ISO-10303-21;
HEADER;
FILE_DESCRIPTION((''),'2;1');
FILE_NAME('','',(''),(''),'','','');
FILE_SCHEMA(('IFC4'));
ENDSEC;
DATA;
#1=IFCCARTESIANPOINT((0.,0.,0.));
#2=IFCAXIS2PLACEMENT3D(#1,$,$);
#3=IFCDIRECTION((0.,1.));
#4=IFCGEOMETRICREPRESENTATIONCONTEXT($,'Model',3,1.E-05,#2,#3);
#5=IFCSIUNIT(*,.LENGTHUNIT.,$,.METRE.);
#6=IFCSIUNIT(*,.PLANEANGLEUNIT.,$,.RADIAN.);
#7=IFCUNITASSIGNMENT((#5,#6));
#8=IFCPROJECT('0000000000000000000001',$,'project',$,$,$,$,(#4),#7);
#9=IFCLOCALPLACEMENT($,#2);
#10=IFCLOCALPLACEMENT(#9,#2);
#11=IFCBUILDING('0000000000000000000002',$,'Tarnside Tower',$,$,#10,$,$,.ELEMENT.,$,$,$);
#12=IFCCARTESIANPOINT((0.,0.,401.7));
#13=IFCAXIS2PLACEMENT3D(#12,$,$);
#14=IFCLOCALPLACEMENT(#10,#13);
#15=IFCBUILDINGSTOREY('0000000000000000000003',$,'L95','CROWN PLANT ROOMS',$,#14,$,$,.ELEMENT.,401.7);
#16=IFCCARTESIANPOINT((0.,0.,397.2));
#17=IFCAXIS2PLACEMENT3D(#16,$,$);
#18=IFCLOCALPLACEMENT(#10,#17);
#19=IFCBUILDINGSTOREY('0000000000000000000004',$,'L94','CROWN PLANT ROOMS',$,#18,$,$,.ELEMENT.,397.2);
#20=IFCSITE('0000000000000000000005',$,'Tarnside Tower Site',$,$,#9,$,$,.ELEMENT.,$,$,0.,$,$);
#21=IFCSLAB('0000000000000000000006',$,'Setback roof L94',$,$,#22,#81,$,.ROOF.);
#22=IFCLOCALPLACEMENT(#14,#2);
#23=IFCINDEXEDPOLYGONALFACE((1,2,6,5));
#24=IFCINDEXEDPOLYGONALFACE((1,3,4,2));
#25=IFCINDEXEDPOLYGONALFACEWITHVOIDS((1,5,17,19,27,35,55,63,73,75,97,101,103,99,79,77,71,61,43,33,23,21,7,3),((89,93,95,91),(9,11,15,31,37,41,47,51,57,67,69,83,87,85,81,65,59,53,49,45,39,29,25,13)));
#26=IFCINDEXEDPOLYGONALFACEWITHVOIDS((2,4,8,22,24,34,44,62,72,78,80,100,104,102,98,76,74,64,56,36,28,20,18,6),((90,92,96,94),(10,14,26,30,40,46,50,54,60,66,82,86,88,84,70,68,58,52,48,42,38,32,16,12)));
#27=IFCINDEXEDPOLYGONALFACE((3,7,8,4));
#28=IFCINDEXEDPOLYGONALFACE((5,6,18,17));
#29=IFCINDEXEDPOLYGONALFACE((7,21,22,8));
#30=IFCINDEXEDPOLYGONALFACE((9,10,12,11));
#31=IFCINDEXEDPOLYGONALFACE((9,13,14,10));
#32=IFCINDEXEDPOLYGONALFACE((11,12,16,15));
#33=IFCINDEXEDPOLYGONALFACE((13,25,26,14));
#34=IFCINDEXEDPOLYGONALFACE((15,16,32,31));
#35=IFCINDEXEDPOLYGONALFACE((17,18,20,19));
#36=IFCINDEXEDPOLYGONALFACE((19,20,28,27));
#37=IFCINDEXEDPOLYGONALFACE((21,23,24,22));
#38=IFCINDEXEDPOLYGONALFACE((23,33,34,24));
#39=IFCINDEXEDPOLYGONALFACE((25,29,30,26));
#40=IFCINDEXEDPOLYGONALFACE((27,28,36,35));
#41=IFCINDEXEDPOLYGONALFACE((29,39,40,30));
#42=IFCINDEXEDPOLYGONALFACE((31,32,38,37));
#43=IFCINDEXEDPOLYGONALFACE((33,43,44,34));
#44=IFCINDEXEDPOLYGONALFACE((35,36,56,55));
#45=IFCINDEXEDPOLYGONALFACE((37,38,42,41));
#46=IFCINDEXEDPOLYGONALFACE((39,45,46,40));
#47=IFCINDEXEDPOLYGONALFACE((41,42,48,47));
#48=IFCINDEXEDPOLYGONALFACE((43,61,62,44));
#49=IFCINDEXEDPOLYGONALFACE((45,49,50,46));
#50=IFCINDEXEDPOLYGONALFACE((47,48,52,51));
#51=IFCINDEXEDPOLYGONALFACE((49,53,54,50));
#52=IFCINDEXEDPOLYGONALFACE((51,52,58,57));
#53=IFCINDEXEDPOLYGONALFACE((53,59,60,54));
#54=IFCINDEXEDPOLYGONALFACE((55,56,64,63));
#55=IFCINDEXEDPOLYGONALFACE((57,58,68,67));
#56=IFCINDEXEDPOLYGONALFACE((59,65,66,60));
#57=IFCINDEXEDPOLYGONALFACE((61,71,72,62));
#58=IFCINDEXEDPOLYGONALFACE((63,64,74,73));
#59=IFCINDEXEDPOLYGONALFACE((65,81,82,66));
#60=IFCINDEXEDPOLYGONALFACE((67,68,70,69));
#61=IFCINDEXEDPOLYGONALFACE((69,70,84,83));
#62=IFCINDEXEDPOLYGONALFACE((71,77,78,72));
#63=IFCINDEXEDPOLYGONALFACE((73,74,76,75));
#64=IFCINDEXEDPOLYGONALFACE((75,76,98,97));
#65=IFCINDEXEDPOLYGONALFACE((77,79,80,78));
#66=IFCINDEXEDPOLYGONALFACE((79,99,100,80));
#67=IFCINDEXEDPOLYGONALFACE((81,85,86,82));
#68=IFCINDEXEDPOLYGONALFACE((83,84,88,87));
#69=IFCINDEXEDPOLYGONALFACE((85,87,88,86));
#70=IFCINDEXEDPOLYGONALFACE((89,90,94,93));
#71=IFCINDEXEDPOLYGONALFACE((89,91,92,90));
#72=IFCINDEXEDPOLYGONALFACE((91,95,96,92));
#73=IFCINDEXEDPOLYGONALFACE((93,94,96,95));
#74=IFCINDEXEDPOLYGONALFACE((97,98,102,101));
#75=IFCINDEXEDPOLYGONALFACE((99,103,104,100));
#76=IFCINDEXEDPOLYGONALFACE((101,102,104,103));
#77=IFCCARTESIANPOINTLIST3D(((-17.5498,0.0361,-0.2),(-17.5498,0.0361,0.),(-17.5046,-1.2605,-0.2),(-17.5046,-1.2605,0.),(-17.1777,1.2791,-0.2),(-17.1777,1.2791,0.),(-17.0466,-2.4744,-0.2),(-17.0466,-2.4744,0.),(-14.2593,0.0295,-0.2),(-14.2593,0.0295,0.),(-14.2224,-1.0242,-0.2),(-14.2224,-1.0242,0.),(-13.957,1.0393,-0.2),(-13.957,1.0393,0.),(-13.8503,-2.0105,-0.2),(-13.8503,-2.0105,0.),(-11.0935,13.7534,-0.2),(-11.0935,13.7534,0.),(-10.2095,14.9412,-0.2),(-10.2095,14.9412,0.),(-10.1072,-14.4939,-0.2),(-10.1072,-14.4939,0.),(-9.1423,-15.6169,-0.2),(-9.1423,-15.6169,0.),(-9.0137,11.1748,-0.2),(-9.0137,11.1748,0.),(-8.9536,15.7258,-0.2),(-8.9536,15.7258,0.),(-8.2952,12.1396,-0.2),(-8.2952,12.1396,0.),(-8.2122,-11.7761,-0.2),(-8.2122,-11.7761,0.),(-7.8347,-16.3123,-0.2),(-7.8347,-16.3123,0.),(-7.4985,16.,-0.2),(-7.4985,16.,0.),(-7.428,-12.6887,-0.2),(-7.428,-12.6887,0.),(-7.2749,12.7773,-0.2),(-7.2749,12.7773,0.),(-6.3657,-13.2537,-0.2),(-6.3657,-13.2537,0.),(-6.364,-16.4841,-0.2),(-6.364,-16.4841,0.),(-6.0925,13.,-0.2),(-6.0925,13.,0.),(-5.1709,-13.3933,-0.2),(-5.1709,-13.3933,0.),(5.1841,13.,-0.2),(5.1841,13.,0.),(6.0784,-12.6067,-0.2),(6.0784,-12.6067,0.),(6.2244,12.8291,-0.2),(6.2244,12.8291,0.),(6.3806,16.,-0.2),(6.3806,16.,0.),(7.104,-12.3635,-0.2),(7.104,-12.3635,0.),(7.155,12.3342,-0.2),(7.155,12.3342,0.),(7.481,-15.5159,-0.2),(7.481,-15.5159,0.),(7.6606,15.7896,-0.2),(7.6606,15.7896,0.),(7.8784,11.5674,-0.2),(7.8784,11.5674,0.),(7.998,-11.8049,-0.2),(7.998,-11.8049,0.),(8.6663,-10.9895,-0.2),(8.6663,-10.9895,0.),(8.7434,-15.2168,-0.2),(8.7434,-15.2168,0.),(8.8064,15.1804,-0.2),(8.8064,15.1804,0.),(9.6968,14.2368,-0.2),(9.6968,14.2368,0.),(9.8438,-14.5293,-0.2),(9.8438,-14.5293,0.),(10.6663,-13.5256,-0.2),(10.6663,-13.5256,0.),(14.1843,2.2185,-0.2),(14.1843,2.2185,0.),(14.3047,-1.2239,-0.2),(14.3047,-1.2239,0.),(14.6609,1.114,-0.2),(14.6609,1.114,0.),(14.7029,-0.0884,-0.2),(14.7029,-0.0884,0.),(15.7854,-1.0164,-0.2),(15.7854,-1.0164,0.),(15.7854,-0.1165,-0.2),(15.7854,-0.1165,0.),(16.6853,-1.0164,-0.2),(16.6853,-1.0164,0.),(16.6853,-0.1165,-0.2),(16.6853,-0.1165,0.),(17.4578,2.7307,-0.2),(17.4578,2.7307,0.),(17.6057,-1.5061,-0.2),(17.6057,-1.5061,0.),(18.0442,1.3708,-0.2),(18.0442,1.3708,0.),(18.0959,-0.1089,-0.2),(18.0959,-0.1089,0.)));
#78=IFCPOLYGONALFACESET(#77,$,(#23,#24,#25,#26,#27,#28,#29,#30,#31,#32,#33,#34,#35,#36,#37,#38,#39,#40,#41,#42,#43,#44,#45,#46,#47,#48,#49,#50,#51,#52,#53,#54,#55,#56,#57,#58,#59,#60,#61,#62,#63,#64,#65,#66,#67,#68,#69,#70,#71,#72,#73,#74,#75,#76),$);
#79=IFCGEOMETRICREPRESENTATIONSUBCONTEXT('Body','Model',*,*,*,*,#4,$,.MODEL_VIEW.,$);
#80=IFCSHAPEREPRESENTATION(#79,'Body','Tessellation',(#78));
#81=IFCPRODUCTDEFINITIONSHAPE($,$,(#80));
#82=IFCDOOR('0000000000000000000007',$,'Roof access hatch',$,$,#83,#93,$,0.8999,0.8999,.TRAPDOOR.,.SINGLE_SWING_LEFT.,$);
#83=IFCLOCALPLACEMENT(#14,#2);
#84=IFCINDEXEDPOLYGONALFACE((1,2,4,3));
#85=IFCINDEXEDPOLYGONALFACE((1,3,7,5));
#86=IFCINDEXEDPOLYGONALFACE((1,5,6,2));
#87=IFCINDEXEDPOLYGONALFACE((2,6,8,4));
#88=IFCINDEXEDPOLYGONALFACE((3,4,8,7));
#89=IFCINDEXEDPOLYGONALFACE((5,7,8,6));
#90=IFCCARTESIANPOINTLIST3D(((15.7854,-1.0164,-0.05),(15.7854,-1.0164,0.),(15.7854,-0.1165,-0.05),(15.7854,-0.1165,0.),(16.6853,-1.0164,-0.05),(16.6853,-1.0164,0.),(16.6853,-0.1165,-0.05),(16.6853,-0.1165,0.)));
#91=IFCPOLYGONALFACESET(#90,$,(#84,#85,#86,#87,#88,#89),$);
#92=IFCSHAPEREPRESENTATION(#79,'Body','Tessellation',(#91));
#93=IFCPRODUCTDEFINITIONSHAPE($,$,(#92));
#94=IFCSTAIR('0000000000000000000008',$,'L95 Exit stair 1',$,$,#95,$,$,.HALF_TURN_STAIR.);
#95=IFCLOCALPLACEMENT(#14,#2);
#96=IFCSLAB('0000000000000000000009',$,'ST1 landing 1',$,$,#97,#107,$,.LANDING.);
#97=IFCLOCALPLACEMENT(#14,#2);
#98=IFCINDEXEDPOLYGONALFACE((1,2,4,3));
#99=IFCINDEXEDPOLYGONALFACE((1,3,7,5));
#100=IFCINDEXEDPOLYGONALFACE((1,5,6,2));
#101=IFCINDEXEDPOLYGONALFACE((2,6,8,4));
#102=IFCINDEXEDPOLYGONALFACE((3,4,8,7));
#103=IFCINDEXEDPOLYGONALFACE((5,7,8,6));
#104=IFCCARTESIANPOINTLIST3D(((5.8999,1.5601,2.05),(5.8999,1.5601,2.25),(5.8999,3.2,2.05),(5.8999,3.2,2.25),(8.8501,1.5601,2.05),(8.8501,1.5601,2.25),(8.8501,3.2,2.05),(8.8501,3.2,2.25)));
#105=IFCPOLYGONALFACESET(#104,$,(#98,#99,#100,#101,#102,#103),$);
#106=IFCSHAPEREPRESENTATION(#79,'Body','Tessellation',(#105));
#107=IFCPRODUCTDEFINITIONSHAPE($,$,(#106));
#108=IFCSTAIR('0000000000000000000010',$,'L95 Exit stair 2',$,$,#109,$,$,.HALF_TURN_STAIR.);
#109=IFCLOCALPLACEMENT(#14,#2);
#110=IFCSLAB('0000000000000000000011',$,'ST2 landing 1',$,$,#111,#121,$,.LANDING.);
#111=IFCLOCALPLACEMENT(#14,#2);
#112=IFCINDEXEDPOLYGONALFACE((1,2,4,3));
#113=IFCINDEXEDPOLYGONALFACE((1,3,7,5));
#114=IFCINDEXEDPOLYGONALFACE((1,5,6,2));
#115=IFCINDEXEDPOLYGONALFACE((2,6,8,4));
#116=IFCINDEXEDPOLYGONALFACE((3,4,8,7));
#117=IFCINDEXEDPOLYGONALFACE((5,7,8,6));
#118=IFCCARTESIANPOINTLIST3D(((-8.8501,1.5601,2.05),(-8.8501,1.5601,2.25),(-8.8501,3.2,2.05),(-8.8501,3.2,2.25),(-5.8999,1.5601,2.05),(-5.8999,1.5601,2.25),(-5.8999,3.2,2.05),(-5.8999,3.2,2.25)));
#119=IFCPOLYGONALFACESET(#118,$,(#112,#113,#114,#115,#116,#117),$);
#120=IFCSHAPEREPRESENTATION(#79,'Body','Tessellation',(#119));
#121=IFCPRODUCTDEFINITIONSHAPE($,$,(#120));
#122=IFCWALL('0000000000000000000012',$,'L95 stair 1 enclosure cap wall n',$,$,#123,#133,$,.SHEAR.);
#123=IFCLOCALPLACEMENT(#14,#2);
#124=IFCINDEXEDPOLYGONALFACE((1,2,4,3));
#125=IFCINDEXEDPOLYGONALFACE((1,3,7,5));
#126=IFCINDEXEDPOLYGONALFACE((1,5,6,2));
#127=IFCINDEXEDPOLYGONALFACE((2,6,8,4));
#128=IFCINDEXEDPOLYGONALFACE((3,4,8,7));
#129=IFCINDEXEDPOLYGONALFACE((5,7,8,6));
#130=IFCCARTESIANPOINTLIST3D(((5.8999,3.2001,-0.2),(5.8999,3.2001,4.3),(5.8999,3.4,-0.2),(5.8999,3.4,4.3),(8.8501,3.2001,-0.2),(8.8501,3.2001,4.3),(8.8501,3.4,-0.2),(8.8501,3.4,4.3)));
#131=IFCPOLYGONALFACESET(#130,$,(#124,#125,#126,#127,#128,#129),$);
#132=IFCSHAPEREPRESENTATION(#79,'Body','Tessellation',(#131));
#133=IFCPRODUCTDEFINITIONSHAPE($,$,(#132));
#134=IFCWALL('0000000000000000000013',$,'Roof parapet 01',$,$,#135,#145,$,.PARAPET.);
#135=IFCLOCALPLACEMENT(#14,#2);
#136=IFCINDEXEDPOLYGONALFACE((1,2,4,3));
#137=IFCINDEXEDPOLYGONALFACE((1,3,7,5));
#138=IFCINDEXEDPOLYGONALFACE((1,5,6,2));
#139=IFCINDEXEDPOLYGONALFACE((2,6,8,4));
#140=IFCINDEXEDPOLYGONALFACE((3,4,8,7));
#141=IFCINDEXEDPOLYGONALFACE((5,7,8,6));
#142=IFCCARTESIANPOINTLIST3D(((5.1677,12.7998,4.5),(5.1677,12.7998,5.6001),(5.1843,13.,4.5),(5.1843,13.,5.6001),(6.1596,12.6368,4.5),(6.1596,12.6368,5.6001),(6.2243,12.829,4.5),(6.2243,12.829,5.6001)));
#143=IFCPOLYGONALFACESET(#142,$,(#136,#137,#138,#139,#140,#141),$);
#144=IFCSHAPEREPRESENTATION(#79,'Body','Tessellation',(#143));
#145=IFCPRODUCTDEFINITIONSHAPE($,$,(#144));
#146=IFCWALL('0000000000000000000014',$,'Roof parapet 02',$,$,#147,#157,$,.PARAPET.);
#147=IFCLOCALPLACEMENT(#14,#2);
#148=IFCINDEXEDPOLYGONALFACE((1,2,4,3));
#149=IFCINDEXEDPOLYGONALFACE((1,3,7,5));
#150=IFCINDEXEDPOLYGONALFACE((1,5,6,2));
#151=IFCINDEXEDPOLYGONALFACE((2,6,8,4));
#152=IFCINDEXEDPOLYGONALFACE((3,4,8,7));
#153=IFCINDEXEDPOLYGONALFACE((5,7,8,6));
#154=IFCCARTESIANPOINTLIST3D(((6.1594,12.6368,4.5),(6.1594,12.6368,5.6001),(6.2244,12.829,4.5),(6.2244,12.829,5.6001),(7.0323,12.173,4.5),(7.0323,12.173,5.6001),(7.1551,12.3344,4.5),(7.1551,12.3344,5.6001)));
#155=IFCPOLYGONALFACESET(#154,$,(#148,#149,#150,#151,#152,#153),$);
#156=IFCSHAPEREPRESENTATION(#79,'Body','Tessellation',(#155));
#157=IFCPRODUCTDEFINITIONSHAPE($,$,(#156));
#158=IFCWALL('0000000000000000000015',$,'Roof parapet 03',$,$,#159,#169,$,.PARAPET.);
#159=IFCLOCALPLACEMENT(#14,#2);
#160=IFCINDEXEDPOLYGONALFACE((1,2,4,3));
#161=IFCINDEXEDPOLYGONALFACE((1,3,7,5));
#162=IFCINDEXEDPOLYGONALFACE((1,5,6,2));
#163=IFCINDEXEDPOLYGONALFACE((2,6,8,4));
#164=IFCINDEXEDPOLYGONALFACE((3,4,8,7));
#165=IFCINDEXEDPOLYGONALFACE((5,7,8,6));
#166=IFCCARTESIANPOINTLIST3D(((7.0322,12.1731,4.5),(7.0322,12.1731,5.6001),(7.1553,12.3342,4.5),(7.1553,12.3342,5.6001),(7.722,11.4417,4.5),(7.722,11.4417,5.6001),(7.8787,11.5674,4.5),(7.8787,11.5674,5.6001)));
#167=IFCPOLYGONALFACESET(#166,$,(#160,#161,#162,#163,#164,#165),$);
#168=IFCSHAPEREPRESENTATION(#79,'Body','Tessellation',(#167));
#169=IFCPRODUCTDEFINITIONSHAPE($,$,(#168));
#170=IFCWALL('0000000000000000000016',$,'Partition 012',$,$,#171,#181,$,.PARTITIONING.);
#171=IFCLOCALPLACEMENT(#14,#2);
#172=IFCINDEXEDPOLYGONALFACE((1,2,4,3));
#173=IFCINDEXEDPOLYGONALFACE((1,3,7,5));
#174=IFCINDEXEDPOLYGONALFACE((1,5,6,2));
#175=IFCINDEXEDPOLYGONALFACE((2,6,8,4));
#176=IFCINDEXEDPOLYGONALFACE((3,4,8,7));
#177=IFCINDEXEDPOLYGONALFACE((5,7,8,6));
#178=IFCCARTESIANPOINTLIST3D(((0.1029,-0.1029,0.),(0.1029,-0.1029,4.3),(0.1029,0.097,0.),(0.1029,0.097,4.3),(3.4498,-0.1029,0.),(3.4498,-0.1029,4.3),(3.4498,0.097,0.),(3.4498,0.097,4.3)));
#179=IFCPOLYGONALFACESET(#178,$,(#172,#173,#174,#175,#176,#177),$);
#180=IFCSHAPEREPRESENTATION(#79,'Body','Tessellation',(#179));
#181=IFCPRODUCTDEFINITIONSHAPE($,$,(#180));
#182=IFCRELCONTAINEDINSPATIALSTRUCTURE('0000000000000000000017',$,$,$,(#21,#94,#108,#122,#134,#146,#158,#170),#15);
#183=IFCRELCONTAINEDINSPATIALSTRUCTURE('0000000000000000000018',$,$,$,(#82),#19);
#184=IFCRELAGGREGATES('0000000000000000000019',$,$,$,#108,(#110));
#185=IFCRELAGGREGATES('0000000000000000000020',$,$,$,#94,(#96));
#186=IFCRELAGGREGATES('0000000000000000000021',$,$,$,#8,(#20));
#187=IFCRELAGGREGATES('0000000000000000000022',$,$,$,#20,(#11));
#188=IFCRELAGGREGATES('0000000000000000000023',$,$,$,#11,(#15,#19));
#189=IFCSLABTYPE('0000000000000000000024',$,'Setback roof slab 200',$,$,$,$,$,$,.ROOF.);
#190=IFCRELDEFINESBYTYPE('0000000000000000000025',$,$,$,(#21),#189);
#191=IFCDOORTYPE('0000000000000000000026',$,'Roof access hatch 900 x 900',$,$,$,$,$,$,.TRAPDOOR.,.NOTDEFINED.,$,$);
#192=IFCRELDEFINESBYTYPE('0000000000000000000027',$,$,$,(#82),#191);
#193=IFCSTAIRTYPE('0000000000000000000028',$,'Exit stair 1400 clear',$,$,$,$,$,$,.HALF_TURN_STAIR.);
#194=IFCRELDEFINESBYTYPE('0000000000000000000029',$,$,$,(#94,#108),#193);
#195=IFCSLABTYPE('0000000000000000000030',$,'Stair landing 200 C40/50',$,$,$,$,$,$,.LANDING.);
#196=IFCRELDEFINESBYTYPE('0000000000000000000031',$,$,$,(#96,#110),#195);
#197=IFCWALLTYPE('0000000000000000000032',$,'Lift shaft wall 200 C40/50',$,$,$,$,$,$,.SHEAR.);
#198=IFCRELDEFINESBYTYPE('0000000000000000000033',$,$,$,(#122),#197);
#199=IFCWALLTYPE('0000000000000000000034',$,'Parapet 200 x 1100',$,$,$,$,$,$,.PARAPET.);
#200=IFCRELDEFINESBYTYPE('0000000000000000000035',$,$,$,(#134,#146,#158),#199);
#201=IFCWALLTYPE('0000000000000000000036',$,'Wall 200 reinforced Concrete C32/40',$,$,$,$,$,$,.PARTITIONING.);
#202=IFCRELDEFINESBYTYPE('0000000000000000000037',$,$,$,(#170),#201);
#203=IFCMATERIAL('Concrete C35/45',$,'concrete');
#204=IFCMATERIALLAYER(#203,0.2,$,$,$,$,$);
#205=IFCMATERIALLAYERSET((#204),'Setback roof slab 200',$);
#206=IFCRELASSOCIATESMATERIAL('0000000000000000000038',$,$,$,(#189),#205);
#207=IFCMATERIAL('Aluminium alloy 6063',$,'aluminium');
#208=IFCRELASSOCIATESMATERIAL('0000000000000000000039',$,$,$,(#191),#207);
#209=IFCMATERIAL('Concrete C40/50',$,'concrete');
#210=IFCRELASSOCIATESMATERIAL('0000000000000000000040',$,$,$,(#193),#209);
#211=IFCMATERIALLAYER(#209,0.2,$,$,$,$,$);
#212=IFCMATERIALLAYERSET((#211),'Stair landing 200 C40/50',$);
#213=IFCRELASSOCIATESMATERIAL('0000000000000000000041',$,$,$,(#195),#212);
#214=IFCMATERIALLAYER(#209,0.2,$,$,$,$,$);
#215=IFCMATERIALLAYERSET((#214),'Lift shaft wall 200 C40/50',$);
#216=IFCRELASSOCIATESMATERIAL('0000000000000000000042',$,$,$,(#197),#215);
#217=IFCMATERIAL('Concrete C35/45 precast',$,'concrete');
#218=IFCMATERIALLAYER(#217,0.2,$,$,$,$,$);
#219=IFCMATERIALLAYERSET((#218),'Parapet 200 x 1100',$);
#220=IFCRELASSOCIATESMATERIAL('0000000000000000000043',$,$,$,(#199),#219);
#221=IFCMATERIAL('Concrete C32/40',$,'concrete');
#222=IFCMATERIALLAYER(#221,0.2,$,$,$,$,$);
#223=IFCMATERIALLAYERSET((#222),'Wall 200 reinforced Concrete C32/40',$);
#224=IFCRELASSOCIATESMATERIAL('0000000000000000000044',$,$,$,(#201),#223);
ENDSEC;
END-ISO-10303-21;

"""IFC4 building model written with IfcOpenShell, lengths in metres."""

from ifc_helpers import new_model, si_unit, direction, frame, frame_2d, origin, origin_2d, place, context, subcontext, project, spatial, polyline, rectangle, outline, extrude, material, layer, layer_set, type_object, element, fill, aggregate, save


model = new_model("IFC4")

# Units and contexts
model_context = context("Model", 3, precision=1e-05, world=origin(), true_north=direction((0.0, 1.0)))
body_context = subcontext(model_context, "Body", "Model", "MODEL_VIEW")
ifc_project = project(units=[si_unit("LENGTHUNIT", "METRE"), si_unit("PLANEANGLEUNIT", "RADIAN")], contexts=[model_context])

# Site, building, storey
site_placement = place(None, origin())
site = spatial("IfcSite", under=ifc_project, at=site_placement, Name="Tarnside Tower Site", CompositionType="ELEMENT", RefElevation=0.0)
building_placement = place(site_placement, origin())
building = spatial("IfcBuilding", under=site, at=building_placement, Name="Tarnside Tower", CompositionType="ELEMENT")
storey_1_placement = place(building_placement, frame((0.0, 0.0, 401.7)))
storey_1 = spatial("IfcBuildingStorey", under=building, at=storey_1_placement, Name="L95", Description="CROWN PLANT ROOMS", CompositionType="ELEMENT", Elevation=401.7)

# Shared definitions
ifc_material_1 = material(Name="Aluminium alloy 6063", Category="aluminium")

# Shared definitions
ifc_material_2 = material(Name="Concrete C40/50", Category="concrete")

# Slab, opening
ifc_material_3 = material(Name="Concrete C35/45", Category="concrete")
ifc_layer_1 = layer(ifc_material_3, 0.2)
ifc_layer_set_1 = layer_set([ifc_layer_1], Name="Setback roof slab 200")
slab_type_1 = type_object("IfcSlabType", Name="Setback roof slab 200", PredefinedType="ROOF", material=ifc_layer_set_1)
slab_1_placement = place(storey_1_placement, frame((0.0, 0.0, -0.2)))
slab_1 = element("IfcSlab", 1, at=slab_1_placement, inside=storey_1, type_object=slab_type_1, Name="Setback roof L94", PredefinedType="ROOF", context=body_context, shape_type="SweptSolid", body=[
    extrude(outline(polyline([(7.6606, 15.7896), (8.8064, 15.1804), (9.6968, 14.2368), (17.4578, 2.7307), (18.0442, 1.3708), (18.0959, -0.1089), (17.6057, -1.5061), (10.6663, -13.5256), (9.8438, -14.5293), (8.7434, -15.2168), (7.481, -15.5159), (-6.364, -16.4841), (-7.8347, -16.3123), (-9.1423, -15.6169), (-10.1072, -14.4939), (-17.0466, -2.4744), (-17.5046, -1.2605), (-17.5498, 0.0361), (-17.1777, 1.2791), (-11.0935, 13.7534), (-10.2095, 14.9412), (-8.9536, 15.7258), (-7.4985, 16.0), (6.3806, 16.0), (7.6606, 15.7896)]), holes=[polyline([(5.1841, 13.0), (-6.0925, 13.0), (-7.2749, 12.7773), (-8.2952, 12.1396), (-9.0137, 11.1748), (-13.957, 1.0393), (-14.2593, 0.0295), (-14.2224, -1.0242), (-13.8503, -2.0105), (-8.2122, -11.7761), (-7.428, -12.6887), (-6.3657, -13.2537), (-5.1709, -13.3933), (6.0784, -12.6067), (7.104, -12.3635), (7.998, -11.8049), (8.6663, -10.9895), (14.3047, -1.2239), (14.7029, -0.0884), (14.6609, 1.114), (14.1843, 2.2185), (7.8784, 11.5674), (7.155, 12.3342), (6.2244, 12.8291), (5.1841, 13.0)])]), origin(), (0.0, 0.0, 1.0), 0.2),
])
opening_1_placement = place(slab_1_placement, frame((16.2354, -0.5664, 0.0)))
opening_1 = element("IfcOpeningElement", 2, at=opening_1_placement, cuts=slab_1, PredefinedType="OPENING", context=body_context, shape_type="SweptSolid", body=[
    extrude(rectangle(XDim=0.8999, YDim=0.8999, at=origin_2d()), origin(), (0.0, 0.0, 1.0), 0.2),
])

# Shared definitions
storey_2_placement = place(building_placement, frame((0.0, 0.0, 397.2)))
storey_2 = spatial("IfcBuildingStorey", under=building, at=storey_2_placement, Name="L94", Description="CROWN PLANT ROOMS", CompositionType="ELEMENT", Elevation=397.2)

# Door
door_type_1 = type_object("IfcDoorType", Name="Roof access hatch 900 x 900", OperationType="NOTDEFINED", PredefinedType="TRAPDOOR", material=ifc_material_1)
door_1_placement = place(opening_1_placement, frame((0.0, 0.0, 0.1499)))
door_1 = element("IfcDoor", 3, at=door_1_placement, inside=storey_2, type_object=door_type_1, Name="Roof access hatch", OperationType="SINGLE_SWING_LEFT", OverallHeight=0.8999, OverallWidth=0.8999, PredefinedType="TRAPDOOR", context=body_context, shape_type="SweptSolid", body=[
    extrude(rectangle(XDim=0.8999, YDim=0.8999, at=origin_2d()), origin(), (0.0, 0.0, 1.0), 0.05),
])
fill(opening_1, door_1)

# Stairs, slabs
stair_type = type_object("IfcStairType", Name="Exit stair 1400 clear", PredefinedType="HALF_TURN_STAIR", material=ifc_material_2)
stair_1_placement = place(storey_1_placement, origin())
stair_1 = element("IfcStair", 4, at=stair_1_placement, inside=storey_1, type_object=stair_type, Name="L95 Exit stair 1", PredefinedType="HALF_TURN_STAIR")
ifc_layer_2 = layer(ifc_material_2, 0.2)
ifc_layer_set_2 = layer_set([ifc_layer_2], Name="Stair landing 200 C40/50")
slab_type_2 = type_object("IfcSlabType", Name="Stair landing 200 C40/50", PredefinedType="LANDING", material=ifc_layer_set_2)
slab_2_placement = place(storey_1_placement, frame((0.0, 0.0, 2.05)))
slab_2 = element("IfcSlab", 5, at=slab_2_placement, type_object=slab_type_2, Name="ST1 landing 1", PredefinedType="LANDING", context=body_context, shape_type="SweptSolid", body=[
    extrude(outline(polyline([(8.8501, 1.5601), (8.8501, 3.2), (5.8999, 3.2), (5.8999, 1.5601), (8.8501, 1.5601)])), origin(), (0.0, 0.0, 1.0), 0.2),
])
stair_2_placement = place(storey_1_placement, origin())
stair_2 = element("IfcStair", 6, at=stair_2_placement, inside=storey_1, type_object=stair_type, Name="L95 Exit stair 2", PredefinedType="HALF_TURN_STAIR")
slab_3_placement = place(storey_1_placement, frame((0.0, 0.0, 2.05)))
slab_3 = element("IfcSlab", 7, at=slab_3_placement, type_object=slab_type_2, Name="ST2 landing 1", PredefinedType="LANDING", context=body_context, shape_type="SweptSolid", body=[
    extrude(outline(polyline([(-5.8999, 1.5601), (-5.8999, 3.2), (-8.8501, 3.2), (-8.8501, 1.5601), (-5.8999, 1.5601)])), origin(), (0.0, 0.0, 1.0), 0.2),
])
aggregate(stair_2, [slab_3])

# Walls
ifc_layer_3 = layer(ifc_material_2, 0.2)
ifc_layer_set_3 = layer_set([ifc_layer_3], Name="Lift shaft wall 200 C40/50")
wall_type_1 = type_object("IfcWallType", Name="Lift shaft wall 200 C40/50", PredefinedType="SHEAR", material=ifc_layer_set_3)
wall_1_placement = place(storey_1_placement, frame((5.8999, 3.3, -0.2), z_axis=(0.0, 0.0, 1.0), x_axis=(1.0, 0.0, 0.0)))
element("IfcWall", 8, at=wall_1_placement, inside=storey_1, type_object=wall_type_1, Name="L95 stair 1 enclosure cap wall n", PredefinedType="SHEAR", context=body_context, shape_type="SweptSolid", body=[
    extrude(rectangle(XDim=2.9502, YDim=0.2, at=frame_2d((1.4751, 0.0))), origin(), (0.0, 0.0, 1.0), 4.5),
])
ifc_material_4 = material(Name="Concrete C35/45 precast", Category="concrete")
ifc_layer_4 = layer(ifc_material_4, 0.2)
ifc_layer_set_4 = layer_set([ifc_layer_4], Name="Parapet 200 x 1100")
wall_type_2 = type_object("IfcWallType", Name="Parapet 200 x 1100", PredefinedType="PARAPET", material=ifc_layer_set_4)
wall_2_placement = place(storey_1_placement, frame((5.176, 12.8999, 4.5), z_axis=(0.0, 0.0, 1.0), x_axis=(0.986757, -0.162207, 0.0)))
element("IfcWall", 9, at=wall_2_placement, inside=storey_1, type_object=wall_type_2, Name="Roof parapet 01", PredefinedType="PARAPET", context=body_context, shape_type="SweptSolid", body=[
    extrude(outline(polyline([(0.0081, -0.1001), (1.0132, -0.1001), (1.0459, 0.1001), (-0.0081, 0.1001), (0.0081, -0.1001)])), origin(), (0.0, 0.0, 1.0), 1.1001),
])
wall_3_placement = place(storey_1_placement, frame((6.1919, 12.7329, 4.5), z_axis=(0.0, 0.0, 1.0), x_axis=(0.88306, -0.46926, 0.0)))
element("IfcWall", 10, at=wall_3_placement, inside=storey_1, type_object=wall_type_2, Name="Roof parapet 02", PredefinedType="PARAPET", context=body_context, shape_type="SweptSolid", body=[
    extrude(outline(polyline([(0.0164, -0.1001), (1.0049, -0.1001), (1.0376, 0.1001), (-0.0164, 0.1001), (0.0164, -0.1001)])), origin(), (0.0, 0.0, 1.0), 1.1001),
])
wall_4_placement = place(storey_1_placement, frame((7.0938, 12.2537, 4.5), z_axis=(0.0, 0.0, 1.0), x_axis=(0.686178, -0.727434, 0.0)))
element("IfcWall", 11, at=wall_4_placement, inside=storey_1, type_object=wall_type_2, Name="Roof parapet 03", PredefinedType="PARAPET", context=body_context, shape_type="SweptSolid", body=[
    extrude(outline(polyline([(0.0164, -0.1001), (1.0217, -0.1001), (1.0378, 0.1001), (-0.0164, 0.1001), (0.0164, -0.1001)])), origin(), (0.0, 0.0, 1.0), 1.1001),
])
ifc_material_5 = material(Name="Concrete C32/40", Category="concrete")
ifc_layer_5 = layer(ifc_material_5, 0.2)
ifc_layer_set_5 = layer_set([ifc_layer_5], Name="Wall 200 reinforced Concrete C32/40")
wall_type_3 = type_object("IfcWallType", Name="Wall 200 reinforced Concrete C32/40", PredefinedType="PARTITIONING", material=ifc_layer_set_5)
wall_5_placement = place(storey_1_placement, frame((0.103, -0.0029, 0.0), z_axis=(0.0, 0.0, 1.0), x_axis=(1.0, 0.0, 0.0)))
element("IfcWall", 12, at=wall_5_placement, inside=storey_1, type_object=wall_type_3, Name="Partition 012", PredefinedType="PARTITIONING", context=body_context, shape_type="SweptSolid", body=[
    extrude(rectangle(XDim=3.3469, YDim=0.2, at=frame_2d((1.6733, 0.0))), origin(), (0.0, 0.0, 1.0), 4.3),
])

aggregate(stair_1, [slab_2])

save(model, "model.ifc")
